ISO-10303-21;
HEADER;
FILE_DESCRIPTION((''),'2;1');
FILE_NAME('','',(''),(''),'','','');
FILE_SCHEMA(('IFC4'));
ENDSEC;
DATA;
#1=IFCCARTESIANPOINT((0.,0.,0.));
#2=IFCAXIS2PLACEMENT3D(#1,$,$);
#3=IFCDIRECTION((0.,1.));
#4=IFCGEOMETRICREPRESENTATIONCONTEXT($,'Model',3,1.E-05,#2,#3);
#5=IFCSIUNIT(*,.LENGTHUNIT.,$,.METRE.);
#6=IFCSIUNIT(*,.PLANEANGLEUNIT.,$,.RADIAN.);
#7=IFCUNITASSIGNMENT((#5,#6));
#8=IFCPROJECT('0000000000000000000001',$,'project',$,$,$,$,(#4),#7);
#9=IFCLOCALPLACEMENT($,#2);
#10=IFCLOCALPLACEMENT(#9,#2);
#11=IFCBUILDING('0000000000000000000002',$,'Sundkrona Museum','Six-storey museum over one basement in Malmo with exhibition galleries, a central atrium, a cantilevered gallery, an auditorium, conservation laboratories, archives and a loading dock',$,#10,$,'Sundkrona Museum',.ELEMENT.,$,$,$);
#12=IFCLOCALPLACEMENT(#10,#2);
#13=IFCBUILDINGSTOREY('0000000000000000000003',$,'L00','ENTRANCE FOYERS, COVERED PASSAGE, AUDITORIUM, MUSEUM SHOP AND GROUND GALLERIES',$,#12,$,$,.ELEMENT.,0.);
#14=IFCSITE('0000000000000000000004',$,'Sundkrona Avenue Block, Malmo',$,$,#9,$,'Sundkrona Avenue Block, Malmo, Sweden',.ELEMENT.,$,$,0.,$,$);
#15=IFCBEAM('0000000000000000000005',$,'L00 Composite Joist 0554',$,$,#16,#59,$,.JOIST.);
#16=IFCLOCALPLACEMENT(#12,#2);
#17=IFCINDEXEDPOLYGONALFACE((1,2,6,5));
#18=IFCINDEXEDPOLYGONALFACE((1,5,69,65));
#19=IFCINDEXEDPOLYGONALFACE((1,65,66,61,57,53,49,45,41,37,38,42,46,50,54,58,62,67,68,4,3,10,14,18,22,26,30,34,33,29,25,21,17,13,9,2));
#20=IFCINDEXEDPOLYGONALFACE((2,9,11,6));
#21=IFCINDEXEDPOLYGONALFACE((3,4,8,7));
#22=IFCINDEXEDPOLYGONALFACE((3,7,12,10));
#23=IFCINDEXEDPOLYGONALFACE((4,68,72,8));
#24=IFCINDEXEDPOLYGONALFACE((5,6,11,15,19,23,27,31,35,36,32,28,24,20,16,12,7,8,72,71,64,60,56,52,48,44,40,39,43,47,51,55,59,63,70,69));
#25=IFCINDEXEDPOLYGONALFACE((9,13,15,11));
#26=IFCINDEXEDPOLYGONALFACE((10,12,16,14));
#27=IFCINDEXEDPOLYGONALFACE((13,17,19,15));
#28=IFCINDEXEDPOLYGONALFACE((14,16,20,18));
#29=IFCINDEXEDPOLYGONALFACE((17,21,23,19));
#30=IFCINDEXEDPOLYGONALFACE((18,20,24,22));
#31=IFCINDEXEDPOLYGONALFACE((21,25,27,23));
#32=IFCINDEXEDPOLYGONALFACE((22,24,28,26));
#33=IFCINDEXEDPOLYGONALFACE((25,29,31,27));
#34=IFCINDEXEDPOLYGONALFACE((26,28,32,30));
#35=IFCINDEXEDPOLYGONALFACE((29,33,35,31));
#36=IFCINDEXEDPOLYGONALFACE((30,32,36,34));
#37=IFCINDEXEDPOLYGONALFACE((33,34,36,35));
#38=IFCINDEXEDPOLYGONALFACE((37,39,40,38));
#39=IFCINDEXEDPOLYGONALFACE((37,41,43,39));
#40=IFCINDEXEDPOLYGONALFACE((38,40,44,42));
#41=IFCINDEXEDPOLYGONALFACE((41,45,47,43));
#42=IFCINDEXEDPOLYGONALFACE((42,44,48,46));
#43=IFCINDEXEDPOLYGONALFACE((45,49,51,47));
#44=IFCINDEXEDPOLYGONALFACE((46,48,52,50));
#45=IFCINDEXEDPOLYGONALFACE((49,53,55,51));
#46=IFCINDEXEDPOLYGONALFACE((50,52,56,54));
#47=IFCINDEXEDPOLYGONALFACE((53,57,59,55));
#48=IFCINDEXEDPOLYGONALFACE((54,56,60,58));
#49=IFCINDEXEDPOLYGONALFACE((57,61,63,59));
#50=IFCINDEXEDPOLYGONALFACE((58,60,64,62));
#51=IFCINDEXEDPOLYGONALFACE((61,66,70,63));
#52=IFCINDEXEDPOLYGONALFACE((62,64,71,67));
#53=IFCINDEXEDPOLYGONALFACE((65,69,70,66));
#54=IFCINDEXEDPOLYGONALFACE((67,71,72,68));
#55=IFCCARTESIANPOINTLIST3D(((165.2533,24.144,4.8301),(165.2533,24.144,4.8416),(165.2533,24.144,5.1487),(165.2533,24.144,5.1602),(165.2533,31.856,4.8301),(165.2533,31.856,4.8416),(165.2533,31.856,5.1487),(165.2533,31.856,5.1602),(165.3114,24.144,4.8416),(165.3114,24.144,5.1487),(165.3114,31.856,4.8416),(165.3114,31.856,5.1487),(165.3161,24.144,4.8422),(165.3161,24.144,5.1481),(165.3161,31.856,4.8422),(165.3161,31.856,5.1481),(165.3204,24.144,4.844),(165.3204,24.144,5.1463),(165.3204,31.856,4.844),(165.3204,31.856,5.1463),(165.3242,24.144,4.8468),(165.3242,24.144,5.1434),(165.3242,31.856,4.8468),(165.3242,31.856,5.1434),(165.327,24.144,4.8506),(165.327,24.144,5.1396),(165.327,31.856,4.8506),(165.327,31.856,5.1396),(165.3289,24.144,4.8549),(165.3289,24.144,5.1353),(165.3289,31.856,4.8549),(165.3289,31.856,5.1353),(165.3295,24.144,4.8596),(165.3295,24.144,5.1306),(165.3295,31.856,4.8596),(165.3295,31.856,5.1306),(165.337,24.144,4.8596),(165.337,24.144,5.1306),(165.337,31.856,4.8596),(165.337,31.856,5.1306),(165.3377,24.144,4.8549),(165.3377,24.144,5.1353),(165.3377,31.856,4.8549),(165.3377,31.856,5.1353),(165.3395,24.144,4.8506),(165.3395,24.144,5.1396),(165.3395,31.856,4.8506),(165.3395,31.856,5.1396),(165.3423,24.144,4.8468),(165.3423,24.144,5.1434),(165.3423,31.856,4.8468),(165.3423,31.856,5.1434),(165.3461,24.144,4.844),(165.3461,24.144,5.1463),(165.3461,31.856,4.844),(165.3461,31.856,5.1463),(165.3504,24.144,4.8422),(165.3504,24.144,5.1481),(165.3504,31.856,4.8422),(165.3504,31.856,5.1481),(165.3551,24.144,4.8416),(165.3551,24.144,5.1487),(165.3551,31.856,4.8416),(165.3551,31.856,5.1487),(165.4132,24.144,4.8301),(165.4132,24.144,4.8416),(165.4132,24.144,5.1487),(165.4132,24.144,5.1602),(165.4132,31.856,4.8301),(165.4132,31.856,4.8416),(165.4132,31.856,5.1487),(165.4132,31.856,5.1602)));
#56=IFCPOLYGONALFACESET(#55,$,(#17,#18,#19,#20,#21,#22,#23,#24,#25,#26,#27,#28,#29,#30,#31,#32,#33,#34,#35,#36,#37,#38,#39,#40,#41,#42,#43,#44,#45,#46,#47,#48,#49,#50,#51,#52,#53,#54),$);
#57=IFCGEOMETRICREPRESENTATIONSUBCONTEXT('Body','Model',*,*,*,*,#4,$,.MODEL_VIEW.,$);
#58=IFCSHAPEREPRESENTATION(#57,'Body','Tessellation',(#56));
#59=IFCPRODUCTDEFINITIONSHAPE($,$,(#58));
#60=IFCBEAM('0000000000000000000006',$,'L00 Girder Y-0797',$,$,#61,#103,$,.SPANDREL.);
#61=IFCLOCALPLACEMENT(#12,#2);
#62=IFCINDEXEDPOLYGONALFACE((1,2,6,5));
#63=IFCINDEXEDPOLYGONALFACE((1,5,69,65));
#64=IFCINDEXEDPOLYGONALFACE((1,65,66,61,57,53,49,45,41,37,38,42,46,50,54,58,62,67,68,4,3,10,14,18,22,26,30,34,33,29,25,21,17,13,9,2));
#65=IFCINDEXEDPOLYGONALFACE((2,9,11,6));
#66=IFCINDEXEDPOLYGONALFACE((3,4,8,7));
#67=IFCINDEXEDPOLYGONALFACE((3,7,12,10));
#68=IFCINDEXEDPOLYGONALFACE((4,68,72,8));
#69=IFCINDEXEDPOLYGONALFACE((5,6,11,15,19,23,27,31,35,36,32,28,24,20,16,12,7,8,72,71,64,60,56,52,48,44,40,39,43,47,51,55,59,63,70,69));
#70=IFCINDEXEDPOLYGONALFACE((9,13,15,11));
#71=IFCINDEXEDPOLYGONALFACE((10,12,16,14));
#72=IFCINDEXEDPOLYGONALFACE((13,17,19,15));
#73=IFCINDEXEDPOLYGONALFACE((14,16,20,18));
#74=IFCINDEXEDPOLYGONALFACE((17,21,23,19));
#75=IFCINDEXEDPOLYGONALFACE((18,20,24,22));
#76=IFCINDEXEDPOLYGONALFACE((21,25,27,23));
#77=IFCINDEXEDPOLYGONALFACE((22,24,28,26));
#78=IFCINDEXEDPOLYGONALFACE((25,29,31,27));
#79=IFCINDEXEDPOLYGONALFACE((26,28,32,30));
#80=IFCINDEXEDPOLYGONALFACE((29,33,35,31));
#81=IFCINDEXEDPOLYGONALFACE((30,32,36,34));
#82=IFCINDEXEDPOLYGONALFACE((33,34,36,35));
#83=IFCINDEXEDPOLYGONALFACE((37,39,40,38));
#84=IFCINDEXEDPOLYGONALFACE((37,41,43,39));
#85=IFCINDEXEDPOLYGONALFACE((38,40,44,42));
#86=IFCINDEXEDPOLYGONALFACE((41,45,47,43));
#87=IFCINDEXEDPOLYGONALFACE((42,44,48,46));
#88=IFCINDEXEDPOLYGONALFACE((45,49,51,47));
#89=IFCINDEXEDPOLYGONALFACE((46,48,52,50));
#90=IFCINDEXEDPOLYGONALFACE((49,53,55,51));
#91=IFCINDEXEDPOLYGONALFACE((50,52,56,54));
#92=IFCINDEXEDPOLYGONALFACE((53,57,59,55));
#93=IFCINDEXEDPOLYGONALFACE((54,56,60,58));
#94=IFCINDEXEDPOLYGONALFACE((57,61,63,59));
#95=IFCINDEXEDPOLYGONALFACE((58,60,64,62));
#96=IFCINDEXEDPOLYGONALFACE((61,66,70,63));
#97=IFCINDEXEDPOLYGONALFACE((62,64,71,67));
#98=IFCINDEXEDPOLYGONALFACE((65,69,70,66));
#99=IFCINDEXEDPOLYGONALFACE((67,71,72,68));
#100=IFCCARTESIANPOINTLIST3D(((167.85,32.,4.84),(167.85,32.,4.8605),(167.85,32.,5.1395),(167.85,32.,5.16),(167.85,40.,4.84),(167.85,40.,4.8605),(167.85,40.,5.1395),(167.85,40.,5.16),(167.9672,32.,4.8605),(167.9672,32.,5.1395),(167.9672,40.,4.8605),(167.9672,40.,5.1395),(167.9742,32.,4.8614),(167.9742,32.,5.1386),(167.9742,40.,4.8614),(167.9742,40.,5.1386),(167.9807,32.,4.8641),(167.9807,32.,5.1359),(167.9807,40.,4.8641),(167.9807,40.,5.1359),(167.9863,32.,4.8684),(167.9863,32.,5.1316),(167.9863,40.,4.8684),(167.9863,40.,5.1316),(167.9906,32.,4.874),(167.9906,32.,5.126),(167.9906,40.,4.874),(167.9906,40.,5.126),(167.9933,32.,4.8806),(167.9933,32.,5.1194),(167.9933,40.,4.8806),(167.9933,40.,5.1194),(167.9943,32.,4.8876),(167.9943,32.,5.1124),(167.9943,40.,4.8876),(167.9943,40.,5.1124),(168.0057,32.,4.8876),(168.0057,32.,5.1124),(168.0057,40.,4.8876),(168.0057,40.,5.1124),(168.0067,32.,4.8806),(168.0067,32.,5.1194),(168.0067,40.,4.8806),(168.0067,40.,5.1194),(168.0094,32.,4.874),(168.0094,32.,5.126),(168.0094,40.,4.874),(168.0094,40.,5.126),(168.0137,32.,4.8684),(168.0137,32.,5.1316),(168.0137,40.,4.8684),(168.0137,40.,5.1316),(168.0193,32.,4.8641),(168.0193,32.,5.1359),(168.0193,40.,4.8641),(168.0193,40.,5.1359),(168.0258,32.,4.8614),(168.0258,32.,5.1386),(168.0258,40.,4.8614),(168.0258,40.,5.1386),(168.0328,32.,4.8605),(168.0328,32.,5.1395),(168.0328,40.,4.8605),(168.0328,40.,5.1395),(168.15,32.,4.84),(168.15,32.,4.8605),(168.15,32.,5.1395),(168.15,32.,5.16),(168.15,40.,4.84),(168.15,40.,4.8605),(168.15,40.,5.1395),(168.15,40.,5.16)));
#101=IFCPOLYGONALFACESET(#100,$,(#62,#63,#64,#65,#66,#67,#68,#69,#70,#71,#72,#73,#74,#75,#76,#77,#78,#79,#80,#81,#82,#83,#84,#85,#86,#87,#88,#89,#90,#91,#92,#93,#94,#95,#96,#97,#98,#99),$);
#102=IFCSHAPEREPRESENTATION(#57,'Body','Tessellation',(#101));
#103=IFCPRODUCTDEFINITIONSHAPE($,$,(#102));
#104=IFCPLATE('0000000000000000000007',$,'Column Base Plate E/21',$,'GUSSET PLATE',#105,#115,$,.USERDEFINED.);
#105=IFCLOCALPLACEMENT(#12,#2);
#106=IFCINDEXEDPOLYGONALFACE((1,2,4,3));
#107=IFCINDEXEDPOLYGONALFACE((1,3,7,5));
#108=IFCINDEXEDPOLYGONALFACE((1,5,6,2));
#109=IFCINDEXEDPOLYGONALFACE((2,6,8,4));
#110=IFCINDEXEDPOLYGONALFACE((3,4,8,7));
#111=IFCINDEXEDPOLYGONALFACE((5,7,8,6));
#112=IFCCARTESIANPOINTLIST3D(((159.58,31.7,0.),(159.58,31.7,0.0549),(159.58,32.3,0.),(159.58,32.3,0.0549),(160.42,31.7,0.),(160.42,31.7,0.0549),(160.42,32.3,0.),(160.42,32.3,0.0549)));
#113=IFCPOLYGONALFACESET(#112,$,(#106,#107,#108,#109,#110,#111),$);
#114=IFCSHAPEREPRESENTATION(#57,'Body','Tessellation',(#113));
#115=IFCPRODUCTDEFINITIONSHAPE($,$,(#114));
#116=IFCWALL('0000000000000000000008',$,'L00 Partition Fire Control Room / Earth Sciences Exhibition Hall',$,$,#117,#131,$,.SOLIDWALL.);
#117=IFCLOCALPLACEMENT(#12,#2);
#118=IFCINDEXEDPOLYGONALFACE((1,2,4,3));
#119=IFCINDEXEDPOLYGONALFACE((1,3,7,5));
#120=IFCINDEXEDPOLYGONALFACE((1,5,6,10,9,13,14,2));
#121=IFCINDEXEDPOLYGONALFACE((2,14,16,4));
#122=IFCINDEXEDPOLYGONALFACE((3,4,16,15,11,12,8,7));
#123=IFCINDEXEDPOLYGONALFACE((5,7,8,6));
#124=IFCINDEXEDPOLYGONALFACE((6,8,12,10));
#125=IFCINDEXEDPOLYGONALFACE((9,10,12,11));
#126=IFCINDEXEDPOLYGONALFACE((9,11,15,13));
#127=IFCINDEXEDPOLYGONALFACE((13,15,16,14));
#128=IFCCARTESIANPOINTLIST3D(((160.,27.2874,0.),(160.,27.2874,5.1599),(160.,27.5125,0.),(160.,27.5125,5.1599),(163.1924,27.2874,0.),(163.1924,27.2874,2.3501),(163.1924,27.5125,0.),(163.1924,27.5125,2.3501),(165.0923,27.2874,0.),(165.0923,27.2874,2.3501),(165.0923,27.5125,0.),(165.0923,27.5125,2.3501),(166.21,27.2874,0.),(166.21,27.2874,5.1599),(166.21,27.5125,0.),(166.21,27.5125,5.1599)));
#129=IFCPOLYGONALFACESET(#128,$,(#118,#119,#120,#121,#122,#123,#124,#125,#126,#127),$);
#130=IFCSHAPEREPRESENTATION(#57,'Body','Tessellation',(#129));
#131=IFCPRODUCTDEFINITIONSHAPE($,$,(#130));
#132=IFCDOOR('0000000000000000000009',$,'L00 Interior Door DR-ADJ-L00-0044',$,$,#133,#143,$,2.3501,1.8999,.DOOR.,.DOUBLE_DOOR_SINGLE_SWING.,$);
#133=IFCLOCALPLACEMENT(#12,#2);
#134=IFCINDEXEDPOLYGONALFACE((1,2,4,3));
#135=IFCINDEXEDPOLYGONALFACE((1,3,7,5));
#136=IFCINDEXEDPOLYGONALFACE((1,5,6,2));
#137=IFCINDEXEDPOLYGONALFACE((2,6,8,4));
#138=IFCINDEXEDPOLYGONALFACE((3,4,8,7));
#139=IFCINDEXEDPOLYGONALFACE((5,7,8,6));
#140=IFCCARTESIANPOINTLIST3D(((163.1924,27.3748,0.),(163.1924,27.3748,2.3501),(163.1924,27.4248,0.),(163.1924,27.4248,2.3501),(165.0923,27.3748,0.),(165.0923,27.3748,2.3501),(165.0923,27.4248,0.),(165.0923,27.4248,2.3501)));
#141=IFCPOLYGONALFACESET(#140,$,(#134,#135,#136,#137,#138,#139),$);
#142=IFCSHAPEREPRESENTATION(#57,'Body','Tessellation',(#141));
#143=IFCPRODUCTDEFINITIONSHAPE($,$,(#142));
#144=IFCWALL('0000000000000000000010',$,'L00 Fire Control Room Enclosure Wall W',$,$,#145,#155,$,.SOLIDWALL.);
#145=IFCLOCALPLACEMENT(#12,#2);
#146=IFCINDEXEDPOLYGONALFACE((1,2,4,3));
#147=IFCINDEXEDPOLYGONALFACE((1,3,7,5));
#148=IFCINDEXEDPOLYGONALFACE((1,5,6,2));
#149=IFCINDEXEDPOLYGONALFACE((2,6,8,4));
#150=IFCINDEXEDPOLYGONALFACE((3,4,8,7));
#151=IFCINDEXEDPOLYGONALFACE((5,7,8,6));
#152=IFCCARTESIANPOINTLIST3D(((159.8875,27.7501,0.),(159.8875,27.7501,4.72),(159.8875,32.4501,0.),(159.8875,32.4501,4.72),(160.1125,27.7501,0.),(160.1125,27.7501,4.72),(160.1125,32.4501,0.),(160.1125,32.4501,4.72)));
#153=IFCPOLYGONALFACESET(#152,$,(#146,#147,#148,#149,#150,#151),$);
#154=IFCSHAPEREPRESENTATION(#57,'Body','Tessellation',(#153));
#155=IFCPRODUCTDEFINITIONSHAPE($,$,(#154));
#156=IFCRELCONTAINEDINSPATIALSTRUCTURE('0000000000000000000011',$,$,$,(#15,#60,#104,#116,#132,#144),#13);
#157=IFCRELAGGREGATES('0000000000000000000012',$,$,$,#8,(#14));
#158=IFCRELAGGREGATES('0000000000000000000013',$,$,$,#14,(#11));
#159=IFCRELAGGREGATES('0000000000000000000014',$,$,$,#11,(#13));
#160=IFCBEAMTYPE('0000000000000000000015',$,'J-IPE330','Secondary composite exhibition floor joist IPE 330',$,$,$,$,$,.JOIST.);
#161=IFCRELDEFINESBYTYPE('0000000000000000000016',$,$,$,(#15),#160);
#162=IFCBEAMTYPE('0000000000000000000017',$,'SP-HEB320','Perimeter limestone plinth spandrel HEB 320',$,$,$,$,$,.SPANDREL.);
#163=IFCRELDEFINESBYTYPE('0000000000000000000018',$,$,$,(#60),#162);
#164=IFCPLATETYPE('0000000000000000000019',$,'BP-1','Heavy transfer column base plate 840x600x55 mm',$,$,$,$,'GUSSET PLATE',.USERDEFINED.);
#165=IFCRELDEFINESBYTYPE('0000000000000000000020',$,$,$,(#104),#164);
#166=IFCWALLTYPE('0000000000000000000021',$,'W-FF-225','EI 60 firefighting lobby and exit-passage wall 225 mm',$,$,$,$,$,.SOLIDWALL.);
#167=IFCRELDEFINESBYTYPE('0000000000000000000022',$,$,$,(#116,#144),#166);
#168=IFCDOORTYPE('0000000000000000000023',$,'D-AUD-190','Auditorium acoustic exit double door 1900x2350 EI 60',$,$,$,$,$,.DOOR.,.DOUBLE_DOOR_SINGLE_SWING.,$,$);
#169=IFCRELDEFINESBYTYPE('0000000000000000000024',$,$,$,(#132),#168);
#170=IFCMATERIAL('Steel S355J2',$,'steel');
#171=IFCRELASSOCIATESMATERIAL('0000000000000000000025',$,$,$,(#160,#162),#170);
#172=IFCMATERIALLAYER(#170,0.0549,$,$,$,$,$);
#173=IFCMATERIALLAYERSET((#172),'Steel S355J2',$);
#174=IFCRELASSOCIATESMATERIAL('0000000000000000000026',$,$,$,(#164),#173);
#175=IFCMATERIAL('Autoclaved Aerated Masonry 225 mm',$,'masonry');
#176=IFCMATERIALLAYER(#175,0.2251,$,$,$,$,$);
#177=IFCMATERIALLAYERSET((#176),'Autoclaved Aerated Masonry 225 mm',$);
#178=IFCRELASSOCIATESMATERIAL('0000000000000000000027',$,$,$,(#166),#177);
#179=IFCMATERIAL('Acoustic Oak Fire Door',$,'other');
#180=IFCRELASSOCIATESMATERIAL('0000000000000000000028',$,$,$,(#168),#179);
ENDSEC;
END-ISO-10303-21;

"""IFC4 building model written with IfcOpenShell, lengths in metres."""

from ifc_helpers import new_model, si_unit, direction, frame, frame_2d, origin, origin_2d, place, context, subcontext, project, spatial, rectangle, i_section, extrude, material, layer, layer_set, material_profile, profile_set, type_object, element, fill, save


model = new_model("IFC4")

# Units and contexts
model_context = context("Model", 3, precision=1e-05, world=origin(), true_north=direction((0.0, 1.0)))
body_context = subcontext(model_context, "Body", "Model", "MODEL_VIEW")
ifc_project = project(units=[si_unit("LENGTHUNIT", "METRE"), si_unit("PLANEANGLEUNIT", "RADIAN")], contexts=[model_context])

# Site, building, storey
site_placement = place(None, origin())
site = spatial("IfcSite", under=ifc_project, at=site_placement, Name="Sundkrona Avenue Block, Malmo", LongName="Sundkrona Avenue Block, Malmo, Sweden", CompositionType="ELEMENT", RefElevation=0.0)
building_placement = place(site_placement, origin())
building = spatial("IfcBuilding", under=site, at=building_placement, Name="Sundkrona Museum", Description="Six-storey museum over one basement in Malmo with exhibition galleries, a central atrium, a cantilevered gallery, an auditorium, conservation laboratories, archives and a loading dock", LongName="Sundkrona Museum", CompositionType="ELEMENT")
storey_placement = place(building_placement, origin())
storey = spatial("IfcBuildingStorey", under=building, at=storey_placement, Name="L00", Description="ENTRANCE FOYERS, COVERED PASSAGE, AUDITORIUM, MUSEUM SHOP AND GROUND GALLERIES", CompositionType="ELEMENT", Elevation=0.0)

# Shared definitions
ifc_material_1 = material(Name="Steel S355J2", Category="steel")

# Beams
ifc_material_profile_1 = material_profile(ifc_material_1, i_section(OverallWidth=0.1599, OverallDepth=0.3301, WebThickness=0.0076, FlangeThickness=0.0115, FilletRadius=0.0181, at=origin_2d()), Name="IPE 330")
ifc_profile_set_1 = profile_set([ifc_material_profile_1], Name="Steel S355J2")
beam_type_1 = type_object("IfcBeamType", Name="J-IPE330", Description="Secondary composite exhibition floor joist IPE 330", PredefinedType="JOIST", material=ifc_profile_set_1)
for number, where, z_axis, x_axis, name in (
    (1, (165.3333, 24.144, 4.9951), (0.0, 1.0, 0.0), (-1.0, 0.0, 0.0), "L00 Composite Joist 0554"),
):
    element("IfcBeam", number, at=place(storey_placement, frame(where, z_axis=z_axis, x_axis=x_axis)), inside=storey, type_object=beam_type_1, Name=name, PredefinedType="JOIST", context=body_context, shape_type="SweptSolid", body=[
        extrude(i_section(OverallWidth=0.1599, OverallDepth=0.3301, WebThickness=0.0076, FlangeThickness=0.0115, FilletRadius=0.0181, at=origin_2d()), origin(), (0.0, 0.0, 1.0), 7.7119),
    ])
ifc_material_profile_2 = material_profile(ifc_material_1, i_section(OverallWidth=0.3, OverallDepth=0.3201, WebThickness=0.0115, FlangeThickness=0.0205, FilletRadius=0.0271, at=origin_2d()), Name="HEB 320")
ifc_profile_set_2 = profile_set([ifc_material_profile_2], Name="Steel S355J2")
beam_type_2 = type_object("IfcBeamType", Name="SP-HEB320", Description="Perimeter limestone plinth spandrel HEB 320", PredefinedType="SPANDREL", material=ifc_profile_set_2)
beam_1_placement = place(storey_placement, frame((168.0, 32.0, 5.0), z_axis=(0.0, 1.0, 0.0), x_axis=(-1.0, 0.0, 0.0)))
element("IfcBeam", 2, at=beam_1_placement, inside=storey, type_object=beam_type_2, Name="L00 Girder Y-0797", PredefinedType="SPANDREL", context=body_context, shape_type="SweptSolid", body=[
    extrude(i_section(OverallWidth=0.3, OverallDepth=0.3201, WebThickness=0.0115, FlangeThickness=0.0205, FilletRadius=0.0271, at=origin_2d()), origin(), (0.0, 0.0, 1.0), 8.0),
])

# Plate
ifc_layer_1 = layer(ifc_material_1, 0.0549)
ifc_layer_set_1 = layer_set([ifc_layer_1], Name="Steel S355J2")
plate_type = type_object("IfcPlateType", Name="BP-1", Description="Heavy transfer column base plate 840x600x55 mm", ElementType="GUSSET PLATE", PredefinedType="USERDEFINED", material=ifc_layer_set_1)
plate_placement = place(storey_placement, frame((160.0, 32.0, 0.0), z_axis=(0.0, 0.0, 1.0), x_axis=(1.0, 0.0, 0.0)))
element("IfcPlate", 3, at=plate_placement, inside=storey, type_object=plate_type, Name="Column Base Plate E/21", ObjectType="GUSSET PLATE", PredefinedType="USERDEFINED", context=body_context, shape_type="SweptSolid", body=[
    extrude(rectangle(XDim=0.8401, YDim=0.6001, at=origin_2d()), origin(), (0.0, 0.0, 1.0), 0.0549),
])

# Wall, opening, door
ifc_material_2 = material(Name="Autoclaved Aerated Masonry 225 mm", Category="masonry")
ifc_layer_2 = layer(ifc_material_2, 0.2251)
ifc_layer_set_2 = layer_set([ifc_layer_2], Name="Autoclaved Aerated Masonry 225 mm")
wall_type_1 = type_object("IfcWallType", Name="W-FF-225", Description="EI 60 firefighting lobby and exit-passage wall 225 mm", PredefinedType="SOLIDWALL", material=ifc_layer_set_2)
wall_1_placement = place(storey_placement, frame((160.0, 27.3999, 0.0), z_axis=(0.0, 0.0, 1.0), x_axis=(1.0, 0.0, 0.0)))
wall_1 = element("IfcWall", 4, at=wall_1_placement, inside=storey, type_object=wall_type_1, Name="L00 Partition Fire Control Room / Earth Sciences Exhibition Hall", PredefinedType="SOLIDWALL", context=body_context, shape_type="SweptSolid", body=[
    extrude(rectangle(XDim=6.21, YDim=0.2251, at=frame_2d((3.105, 0.0))), origin(), (0.0, 0.0, 1.0), 5.1599),
])
opening_1_placement = place(wall_1_placement, frame((3.1924, 0.0, 0.0)))
opening_1 = element("IfcOpeningElement", 5, at=opening_1_placement, cuts=wall_1, PredefinedType="OPENING", context=body_context, shape_type="SweptSolid", body=[
    extrude(rectangle(XDim=1.8999, YDim=2.3501, at=frame_2d((0.95, 1.175))), frame((0.0, 0.1226, 0.0), z_axis=(0.0, -1.0, 0.0), x_axis=(1.0, 0.0, 0.0)), (0.0, 0.0, 1.0), 0.2451),
])
ifc_material_3 = material(Name="Acoustic Oak Fire Door", Category="other")
door_type_1 = type_object("IfcDoorType", Name="D-AUD-190", Description="Auditorium acoustic exit double door 1900x2350 EI 60", OperationType="DOUBLE_DOOR_SINGLE_SWING", PredefinedType="DOOR", material=ifc_material_3)
door_1_placement = place(opening_1_placement, origin())
door_1 = element("IfcDoor", 6, at=door_1_placement, inside=storey, type_object=door_type_1, Name="L00 Interior Door DR-ADJ-L00-0044", OperationType="DOUBLE_DOOR_SINGLE_SWING", OverallHeight=2.3501, OverallWidth=1.8999, PredefinedType="DOOR", context=body_context, shape_type="SweptSolid", body=[
    extrude(rectangle(XDim=1.8999, YDim=2.3501, at=frame_2d((0.95, 1.175))), frame((0.0, 0.0249, 0.0), z_axis=(0.0, -1.0, 0.0), x_axis=(1.0, 0.0, 0.0)), (0.0, 0.0, 1.0), 0.05),
])
fill(opening_1, door_1)

# Wall
wall_2_placement = place(storey_placement, frame((160.0, 27.75, 0.0), z_axis=(0.0, 0.0, 1.0), x_axis=(0.0, 1.0, 0.0)))
element("IfcWall", 7, at=wall_2_placement, inside=storey, type_object=wall_type_1, Name="L00 Fire Control Room Enclosure Wall W", PredefinedType="SOLIDWALL", context=body_context, shape_type="SweptSolid", body=[
    extrude(rectangle(XDim=4.7, YDim=0.2251, at=frame_2d((2.3501, 0.0))), origin(), (0.0, 0.0, 1.0), 4.72),
])

save(model, "model.ifc")
